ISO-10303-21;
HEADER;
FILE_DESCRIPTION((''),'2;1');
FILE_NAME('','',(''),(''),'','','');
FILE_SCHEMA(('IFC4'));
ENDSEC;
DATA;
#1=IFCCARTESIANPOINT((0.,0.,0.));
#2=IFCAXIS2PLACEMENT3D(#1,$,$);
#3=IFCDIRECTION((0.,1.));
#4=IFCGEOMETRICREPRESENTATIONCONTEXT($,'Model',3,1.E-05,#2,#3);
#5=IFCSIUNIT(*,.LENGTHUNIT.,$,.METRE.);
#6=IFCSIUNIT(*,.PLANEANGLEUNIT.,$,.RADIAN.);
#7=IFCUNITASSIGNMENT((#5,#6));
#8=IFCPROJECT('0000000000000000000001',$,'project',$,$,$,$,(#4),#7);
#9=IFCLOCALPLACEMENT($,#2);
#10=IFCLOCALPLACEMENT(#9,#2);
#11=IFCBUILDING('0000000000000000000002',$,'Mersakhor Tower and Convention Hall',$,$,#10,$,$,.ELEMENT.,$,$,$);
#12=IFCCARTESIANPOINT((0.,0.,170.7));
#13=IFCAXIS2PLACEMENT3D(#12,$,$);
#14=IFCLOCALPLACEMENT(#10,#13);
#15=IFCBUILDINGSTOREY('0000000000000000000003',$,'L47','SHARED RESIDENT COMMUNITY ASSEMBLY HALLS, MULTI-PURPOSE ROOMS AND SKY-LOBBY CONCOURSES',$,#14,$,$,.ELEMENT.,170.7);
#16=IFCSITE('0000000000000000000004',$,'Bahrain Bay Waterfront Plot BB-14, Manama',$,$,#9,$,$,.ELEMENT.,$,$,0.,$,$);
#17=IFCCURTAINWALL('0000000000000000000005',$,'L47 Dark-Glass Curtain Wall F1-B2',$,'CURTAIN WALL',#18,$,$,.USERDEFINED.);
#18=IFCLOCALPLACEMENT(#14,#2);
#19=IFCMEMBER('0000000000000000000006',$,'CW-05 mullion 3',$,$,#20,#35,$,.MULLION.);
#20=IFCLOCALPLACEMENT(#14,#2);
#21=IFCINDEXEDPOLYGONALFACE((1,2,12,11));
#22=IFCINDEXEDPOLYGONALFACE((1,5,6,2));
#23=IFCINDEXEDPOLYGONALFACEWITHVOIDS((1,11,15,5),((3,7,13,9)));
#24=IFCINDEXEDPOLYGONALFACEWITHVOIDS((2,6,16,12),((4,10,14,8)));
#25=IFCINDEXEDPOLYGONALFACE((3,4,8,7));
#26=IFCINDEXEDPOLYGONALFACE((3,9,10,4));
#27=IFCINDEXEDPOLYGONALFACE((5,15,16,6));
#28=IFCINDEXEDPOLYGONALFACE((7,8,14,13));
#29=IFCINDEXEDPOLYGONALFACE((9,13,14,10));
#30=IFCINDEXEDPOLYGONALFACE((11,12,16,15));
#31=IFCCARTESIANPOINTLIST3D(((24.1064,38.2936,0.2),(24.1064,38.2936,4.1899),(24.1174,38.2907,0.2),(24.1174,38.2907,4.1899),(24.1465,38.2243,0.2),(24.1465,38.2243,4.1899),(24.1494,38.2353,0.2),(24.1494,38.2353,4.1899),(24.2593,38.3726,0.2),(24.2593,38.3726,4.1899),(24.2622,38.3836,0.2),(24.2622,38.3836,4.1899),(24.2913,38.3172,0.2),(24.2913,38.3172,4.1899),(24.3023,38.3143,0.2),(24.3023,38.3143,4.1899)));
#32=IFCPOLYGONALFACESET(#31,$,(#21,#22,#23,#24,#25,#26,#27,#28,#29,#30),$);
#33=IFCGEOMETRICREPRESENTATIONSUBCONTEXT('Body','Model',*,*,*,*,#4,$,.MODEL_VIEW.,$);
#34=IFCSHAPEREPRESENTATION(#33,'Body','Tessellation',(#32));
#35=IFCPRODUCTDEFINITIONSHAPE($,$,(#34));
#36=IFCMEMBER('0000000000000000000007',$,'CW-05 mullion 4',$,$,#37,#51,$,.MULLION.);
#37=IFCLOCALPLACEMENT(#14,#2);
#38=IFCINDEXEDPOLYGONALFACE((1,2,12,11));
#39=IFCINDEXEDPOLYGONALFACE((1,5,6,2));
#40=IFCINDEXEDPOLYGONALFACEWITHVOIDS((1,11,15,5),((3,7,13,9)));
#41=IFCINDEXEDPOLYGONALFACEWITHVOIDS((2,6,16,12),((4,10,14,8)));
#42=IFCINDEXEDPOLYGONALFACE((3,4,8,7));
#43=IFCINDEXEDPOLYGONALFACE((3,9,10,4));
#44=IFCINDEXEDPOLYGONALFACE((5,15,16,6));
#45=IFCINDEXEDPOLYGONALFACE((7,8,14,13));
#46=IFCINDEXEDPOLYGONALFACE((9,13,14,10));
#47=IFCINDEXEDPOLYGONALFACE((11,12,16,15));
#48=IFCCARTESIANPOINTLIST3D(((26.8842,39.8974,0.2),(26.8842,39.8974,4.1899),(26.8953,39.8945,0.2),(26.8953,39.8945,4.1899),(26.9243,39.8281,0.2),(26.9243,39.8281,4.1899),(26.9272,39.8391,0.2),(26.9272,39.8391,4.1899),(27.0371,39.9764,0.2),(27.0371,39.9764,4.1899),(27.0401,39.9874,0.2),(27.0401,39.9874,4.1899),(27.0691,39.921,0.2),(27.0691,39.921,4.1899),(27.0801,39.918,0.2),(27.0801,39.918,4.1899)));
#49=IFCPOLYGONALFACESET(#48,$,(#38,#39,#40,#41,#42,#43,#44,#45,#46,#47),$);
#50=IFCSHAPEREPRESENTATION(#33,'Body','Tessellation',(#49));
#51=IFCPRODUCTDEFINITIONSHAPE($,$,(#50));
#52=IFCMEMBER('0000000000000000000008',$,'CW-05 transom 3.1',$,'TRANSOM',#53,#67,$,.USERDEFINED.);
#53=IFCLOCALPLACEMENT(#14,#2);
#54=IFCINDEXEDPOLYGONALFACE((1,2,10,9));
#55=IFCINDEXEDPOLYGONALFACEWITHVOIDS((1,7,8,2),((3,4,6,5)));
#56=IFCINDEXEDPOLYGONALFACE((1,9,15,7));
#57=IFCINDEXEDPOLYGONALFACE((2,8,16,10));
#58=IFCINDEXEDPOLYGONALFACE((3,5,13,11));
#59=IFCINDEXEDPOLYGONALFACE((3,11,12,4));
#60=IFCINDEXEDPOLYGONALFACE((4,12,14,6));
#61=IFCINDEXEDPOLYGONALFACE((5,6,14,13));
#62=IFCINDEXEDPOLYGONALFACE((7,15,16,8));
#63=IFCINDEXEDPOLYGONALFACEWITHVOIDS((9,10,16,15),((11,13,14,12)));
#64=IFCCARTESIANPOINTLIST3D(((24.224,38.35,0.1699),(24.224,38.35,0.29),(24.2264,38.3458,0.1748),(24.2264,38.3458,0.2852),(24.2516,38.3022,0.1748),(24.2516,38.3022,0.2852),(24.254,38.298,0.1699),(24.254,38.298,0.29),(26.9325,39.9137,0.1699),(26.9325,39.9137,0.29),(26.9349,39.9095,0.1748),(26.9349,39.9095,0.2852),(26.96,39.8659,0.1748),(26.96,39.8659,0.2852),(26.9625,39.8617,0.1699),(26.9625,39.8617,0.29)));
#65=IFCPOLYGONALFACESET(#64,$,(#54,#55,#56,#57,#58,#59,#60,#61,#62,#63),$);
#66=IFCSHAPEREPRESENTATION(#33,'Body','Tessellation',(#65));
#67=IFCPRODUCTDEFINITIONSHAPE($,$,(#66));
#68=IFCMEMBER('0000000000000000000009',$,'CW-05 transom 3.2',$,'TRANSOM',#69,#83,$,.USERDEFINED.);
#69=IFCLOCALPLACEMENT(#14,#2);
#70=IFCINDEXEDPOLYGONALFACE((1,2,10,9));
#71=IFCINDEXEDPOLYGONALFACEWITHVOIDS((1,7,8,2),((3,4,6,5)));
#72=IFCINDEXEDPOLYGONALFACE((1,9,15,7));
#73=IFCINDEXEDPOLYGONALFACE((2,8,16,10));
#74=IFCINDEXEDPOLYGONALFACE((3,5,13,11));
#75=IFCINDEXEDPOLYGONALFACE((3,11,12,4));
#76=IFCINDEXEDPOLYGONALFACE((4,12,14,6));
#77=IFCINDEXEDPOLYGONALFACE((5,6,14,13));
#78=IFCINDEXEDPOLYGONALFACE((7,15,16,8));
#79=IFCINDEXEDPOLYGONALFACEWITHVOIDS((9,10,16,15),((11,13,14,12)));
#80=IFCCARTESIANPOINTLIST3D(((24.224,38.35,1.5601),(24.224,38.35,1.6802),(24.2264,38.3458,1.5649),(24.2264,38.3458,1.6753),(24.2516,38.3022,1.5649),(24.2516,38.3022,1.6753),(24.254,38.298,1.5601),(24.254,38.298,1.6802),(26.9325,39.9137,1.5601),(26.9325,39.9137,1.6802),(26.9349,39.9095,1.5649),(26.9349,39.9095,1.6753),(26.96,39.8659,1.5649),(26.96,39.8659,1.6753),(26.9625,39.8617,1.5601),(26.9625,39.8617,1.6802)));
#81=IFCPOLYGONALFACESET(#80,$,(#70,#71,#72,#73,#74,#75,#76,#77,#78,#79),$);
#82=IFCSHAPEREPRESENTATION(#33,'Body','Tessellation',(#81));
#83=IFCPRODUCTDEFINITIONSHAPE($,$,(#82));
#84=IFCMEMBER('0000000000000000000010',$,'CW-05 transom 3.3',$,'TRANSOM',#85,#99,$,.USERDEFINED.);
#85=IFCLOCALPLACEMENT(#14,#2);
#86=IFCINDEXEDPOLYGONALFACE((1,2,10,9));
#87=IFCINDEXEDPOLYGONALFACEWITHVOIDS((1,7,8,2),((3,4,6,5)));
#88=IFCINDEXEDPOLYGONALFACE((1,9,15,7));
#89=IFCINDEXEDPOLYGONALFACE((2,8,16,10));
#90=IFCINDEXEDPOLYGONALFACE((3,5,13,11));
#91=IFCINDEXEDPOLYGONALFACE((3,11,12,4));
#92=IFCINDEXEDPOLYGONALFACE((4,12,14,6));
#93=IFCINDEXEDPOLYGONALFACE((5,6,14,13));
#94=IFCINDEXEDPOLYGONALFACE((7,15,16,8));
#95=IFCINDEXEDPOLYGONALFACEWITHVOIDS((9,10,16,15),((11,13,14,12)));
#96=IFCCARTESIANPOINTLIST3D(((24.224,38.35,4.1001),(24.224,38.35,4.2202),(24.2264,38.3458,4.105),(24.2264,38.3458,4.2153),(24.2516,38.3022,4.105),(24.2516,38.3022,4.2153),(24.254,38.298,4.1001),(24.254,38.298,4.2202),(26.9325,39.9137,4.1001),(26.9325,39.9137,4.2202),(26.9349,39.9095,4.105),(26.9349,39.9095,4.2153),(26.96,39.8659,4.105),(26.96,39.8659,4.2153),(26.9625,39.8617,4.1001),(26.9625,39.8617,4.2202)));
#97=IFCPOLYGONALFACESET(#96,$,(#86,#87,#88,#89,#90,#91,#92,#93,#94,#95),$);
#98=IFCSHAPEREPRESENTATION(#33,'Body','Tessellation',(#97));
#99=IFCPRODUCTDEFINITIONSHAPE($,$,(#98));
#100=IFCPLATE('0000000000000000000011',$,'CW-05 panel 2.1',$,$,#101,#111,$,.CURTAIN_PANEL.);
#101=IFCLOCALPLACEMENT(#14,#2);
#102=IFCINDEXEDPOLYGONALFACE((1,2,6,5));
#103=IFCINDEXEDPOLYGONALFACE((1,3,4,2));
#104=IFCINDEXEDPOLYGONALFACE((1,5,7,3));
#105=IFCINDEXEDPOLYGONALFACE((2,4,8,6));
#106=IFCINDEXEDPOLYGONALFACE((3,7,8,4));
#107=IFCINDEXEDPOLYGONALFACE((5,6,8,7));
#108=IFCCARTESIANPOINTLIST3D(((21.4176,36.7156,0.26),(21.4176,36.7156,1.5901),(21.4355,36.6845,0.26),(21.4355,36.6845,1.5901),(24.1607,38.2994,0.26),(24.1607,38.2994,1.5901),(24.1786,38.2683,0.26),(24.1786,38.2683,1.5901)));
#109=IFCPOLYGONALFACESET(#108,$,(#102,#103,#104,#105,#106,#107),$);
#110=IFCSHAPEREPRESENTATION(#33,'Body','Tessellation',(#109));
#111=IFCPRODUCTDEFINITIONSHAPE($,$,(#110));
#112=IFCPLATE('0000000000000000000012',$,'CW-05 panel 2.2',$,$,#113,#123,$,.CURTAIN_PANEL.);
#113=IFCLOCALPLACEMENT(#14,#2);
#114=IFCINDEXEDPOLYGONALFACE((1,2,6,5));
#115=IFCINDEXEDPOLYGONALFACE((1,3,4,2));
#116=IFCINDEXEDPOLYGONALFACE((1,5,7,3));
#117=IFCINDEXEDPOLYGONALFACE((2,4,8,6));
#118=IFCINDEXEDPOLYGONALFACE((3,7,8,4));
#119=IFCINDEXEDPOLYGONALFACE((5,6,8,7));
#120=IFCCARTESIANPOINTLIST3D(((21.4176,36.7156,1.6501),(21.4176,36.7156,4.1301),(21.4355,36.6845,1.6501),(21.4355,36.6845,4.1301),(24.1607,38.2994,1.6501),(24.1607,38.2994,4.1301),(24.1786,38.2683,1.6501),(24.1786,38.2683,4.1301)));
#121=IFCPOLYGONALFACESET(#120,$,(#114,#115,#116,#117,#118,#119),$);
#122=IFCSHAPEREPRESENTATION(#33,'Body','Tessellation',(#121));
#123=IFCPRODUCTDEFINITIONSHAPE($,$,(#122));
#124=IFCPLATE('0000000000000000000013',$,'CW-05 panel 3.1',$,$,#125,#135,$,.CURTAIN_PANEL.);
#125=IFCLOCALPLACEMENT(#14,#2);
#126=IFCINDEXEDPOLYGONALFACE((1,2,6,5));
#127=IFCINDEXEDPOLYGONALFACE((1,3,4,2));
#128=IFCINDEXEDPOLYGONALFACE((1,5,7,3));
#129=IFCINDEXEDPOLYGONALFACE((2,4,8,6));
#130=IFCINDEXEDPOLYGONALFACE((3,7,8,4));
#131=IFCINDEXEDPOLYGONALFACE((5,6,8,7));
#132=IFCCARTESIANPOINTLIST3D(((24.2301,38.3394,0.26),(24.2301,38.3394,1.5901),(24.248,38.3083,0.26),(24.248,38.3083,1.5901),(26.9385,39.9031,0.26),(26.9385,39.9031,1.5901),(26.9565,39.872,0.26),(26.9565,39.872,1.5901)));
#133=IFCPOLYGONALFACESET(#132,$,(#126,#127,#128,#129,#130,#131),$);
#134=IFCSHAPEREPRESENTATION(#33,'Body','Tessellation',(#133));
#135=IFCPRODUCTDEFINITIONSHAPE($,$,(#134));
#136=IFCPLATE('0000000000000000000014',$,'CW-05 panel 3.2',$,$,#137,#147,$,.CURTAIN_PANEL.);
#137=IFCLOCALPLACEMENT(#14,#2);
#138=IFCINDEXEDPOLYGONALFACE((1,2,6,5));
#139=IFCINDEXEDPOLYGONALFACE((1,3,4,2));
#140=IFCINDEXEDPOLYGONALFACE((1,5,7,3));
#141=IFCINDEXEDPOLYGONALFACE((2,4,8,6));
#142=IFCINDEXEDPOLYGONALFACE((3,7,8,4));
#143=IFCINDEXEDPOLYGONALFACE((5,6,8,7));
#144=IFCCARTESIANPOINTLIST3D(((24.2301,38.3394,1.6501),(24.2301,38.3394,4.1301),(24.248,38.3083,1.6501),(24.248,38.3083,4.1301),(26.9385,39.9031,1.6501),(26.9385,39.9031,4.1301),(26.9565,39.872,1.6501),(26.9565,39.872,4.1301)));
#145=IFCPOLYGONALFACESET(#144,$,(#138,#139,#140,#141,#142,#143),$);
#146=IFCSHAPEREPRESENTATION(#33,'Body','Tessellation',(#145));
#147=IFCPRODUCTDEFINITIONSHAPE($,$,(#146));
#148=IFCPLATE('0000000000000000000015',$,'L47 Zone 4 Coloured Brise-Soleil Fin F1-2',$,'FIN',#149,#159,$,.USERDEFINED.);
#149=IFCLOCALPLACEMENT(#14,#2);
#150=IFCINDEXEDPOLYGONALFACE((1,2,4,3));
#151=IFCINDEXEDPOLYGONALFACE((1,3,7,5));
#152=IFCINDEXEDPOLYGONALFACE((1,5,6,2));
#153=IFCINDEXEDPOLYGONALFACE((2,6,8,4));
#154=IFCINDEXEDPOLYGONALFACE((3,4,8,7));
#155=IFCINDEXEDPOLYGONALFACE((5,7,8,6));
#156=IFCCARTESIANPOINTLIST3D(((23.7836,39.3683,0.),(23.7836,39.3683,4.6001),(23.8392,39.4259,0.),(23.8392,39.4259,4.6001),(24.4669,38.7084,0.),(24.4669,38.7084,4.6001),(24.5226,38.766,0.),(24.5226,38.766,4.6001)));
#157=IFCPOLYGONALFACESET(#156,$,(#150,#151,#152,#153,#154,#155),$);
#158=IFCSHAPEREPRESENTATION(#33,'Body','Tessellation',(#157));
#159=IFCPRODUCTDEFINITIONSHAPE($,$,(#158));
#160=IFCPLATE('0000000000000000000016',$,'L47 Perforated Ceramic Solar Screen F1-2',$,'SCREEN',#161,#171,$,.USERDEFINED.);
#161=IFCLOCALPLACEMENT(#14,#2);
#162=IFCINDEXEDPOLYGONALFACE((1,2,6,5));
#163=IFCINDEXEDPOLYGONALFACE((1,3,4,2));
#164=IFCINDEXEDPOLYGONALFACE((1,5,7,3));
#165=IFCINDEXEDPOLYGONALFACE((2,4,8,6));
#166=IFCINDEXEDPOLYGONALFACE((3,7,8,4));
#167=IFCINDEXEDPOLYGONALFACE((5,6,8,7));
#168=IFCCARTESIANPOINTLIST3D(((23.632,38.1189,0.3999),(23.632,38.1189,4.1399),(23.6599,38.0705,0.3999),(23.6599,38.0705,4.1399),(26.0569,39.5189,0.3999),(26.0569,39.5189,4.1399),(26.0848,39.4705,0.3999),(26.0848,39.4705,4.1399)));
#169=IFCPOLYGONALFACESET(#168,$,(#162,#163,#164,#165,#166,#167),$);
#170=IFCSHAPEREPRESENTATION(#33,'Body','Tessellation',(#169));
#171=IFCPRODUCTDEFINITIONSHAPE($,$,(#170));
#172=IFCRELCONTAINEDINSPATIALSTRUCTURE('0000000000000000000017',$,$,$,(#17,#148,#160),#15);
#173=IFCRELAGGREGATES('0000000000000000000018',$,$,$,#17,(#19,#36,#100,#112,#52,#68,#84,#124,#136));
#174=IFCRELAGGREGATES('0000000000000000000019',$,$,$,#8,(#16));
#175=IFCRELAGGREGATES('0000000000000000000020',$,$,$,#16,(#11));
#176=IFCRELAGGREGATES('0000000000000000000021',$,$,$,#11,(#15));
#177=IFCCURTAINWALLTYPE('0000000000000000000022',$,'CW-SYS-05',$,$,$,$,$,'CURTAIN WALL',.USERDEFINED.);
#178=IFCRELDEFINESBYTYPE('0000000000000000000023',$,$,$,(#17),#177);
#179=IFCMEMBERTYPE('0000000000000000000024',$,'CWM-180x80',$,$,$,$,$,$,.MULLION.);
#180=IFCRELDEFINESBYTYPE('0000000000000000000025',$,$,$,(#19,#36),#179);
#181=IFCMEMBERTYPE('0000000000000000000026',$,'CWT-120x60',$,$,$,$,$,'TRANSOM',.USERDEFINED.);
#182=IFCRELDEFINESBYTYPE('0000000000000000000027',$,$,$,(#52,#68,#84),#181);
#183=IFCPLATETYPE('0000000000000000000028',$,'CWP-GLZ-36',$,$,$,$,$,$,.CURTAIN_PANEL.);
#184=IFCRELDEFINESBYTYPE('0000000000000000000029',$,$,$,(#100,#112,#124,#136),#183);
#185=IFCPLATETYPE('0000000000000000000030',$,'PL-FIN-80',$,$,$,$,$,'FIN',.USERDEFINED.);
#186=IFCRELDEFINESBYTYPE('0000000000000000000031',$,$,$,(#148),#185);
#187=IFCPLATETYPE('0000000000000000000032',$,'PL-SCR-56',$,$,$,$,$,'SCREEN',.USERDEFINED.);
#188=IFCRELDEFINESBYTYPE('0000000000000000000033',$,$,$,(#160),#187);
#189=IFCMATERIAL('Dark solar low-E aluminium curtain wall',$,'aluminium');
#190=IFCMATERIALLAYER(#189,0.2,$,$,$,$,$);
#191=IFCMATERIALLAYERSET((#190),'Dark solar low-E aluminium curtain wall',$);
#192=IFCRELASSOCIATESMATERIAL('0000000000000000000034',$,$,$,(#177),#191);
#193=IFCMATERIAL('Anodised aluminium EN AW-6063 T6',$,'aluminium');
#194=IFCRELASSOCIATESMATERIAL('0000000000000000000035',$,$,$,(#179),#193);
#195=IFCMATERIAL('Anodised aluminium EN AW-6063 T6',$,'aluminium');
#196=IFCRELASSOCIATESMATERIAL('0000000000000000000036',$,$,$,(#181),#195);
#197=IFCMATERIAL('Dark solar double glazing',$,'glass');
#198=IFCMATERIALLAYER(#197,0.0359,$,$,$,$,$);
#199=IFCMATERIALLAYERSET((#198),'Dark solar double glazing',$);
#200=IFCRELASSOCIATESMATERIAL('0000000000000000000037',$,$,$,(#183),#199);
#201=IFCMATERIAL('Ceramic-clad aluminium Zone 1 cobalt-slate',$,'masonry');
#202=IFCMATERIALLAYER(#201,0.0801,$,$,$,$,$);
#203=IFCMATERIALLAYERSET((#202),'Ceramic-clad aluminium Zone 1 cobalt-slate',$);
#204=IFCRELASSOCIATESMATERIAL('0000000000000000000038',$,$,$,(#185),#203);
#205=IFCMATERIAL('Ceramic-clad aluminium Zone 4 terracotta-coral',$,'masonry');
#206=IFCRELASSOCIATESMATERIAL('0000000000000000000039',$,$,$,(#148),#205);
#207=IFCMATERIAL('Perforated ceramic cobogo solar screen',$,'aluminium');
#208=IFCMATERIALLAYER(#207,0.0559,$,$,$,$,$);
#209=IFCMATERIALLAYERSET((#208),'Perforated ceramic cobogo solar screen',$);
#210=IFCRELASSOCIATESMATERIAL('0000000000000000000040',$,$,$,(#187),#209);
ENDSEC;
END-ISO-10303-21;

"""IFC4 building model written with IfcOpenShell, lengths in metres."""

from ifc_helpers import new_model, si_unit, direction, frame, origin, origin_2d, place, context, subcontext, project, spatial, rectangle, hollow_rectangle, extrude, material, layer, layer_set, material_profile, profile_set, type_object, element, aggregate, save


model = new_model("IFC4")

# Units and contexts
model_context = context("Model", 3, precision=1e-05, world=origin(), true_north=direction((0.0, 1.0)))
body_context = subcontext(model_context, "Body", "Model", "MODEL_VIEW")
ifc_project = project(units=[si_unit("LENGTHUNIT", "METRE"), si_unit("PLANEANGLEUNIT", "RADIAN")], contexts=[model_context])

# Site, building, storey
site_placement = place(None, origin())
site = spatial("IfcSite", under=ifc_project, at=site_placement, Name="Bahrain Bay Waterfront Plot BB-14, Manama", CompositionType="ELEMENT", RefElevation=0.0)
building_placement = place(site_placement, origin())
building = spatial("IfcBuilding", under=site, at=building_placement, Name="Mersakhor Tower and Convention Hall", CompositionType="ELEMENT")
storey_placement = place(building_placement, frame((0.0, 0.0, 170.7)))
storey = spatial("IfcBuildingStorey", under=building, at=storey_placement, Name="L47", Description="SHARED RESIDENT COMMUNITY ASSEMBLY HALLS, MULTI-PURPOSE ROOMS AND SKY-LOBBY CONCOURSES", CompositionType="ELEMENT", Elevation=170.7)

# Curtain wall, members, plates
ifc_material_1 = material(Name="Dark solar low-E aluminium curtain wall", Category="aluminium")
ifc_layer_1 = layer(ifc_material_1, 0.2)
ifc_layer_set_1 = layer_set([ifc_layer_1], Name="Dark solar low-E aluminium curtain wall")
curtain_wall_type = type_object("IfcCurtainWallType", Name="CW-SYS-05", ElementType="CURTAIN WALL", PredefinedType="USERDEFINED", material=ifc_layer_set_1)
curtain_wall_placement = place(storey_placement, origin())
curtain_wall = element("IfcCurtainWall", 1, at=curtain_wall_placement, inside=storey, type_object=curtain_wall_type, Name="L47 Dark-Glass Curtain Wall F1-B2", ObjectType="CURTAIN WALL", PredefinedType="USERDEFINED")
ifc_material_2 = material(Name="Anodised aluminium EN AW-6063 T6", Category="aluminium")
ifc_material_profile_1 = material_profile(ifc_material_2, hollow_rectangle(XDim=0.0801, YDim=0.1799, WallThickness=0.0081, at=origin_2d()), Name="RHS 180x80x8")
ifc_profile_set_1 = profile_set([ifc_material_profile_1], Name="Anodised aluminium EN AW-6063 T6")
member_type_1 = type_object("IfcMemberType", Name="CWM-180x80", PredefinedType="MULLION", material=ifc_profile_set_1)
member_1_placement = place(storey_placement, frame((24.2043, 38.304, 0.2), z_axis=(0.0, 0.0, 1.0), x_axis=(-0.499998, 0.866026, 0.0)))
member_1 = element("IfcMember", 2, at=member_1_placement, type_object=member_type_1, Name="CW-05 mullion 3", PredefinedType="MULLION", context=body_context, shape_type="SweptSolid", body=[
    extrude(hollow_rectangle(XDim=0.0801, YDim=0.1799, WallThickness=0.0081, at=origin_2d()), origin(), (0.0, 0.0, 1.0), 3.99),
])
member_2_placement = place(storey_placement, frame((26.9822, 39.9077, 0.2), z_axis=(0.0, 0.0, 1.0), x_axis=(-0.499998, 0.866026, 0.0)))
member_2 = element("IfcMember", 3, at=member_2_placement, type_object=member_type_1, Name="CW-05 mullion 4", PredefinedType="MULLION", context=body_context, shape_type="SweptSolid", body=[
    extrude(hollow_rectangle(XDim=0.0801, YDim=0.1799, WallThickness=0.0081, at=origin_2d()), origin(), (0.0, 0.0, 1.0), 3.99),
])
ifc_material_3 = material(Name="Anodised aluminium EN AW-6063 T6", Category="aluminium")
ifc_material_profile_2 = material_profile(ifc_material_3, hollow_rectangle(XDim=0.0601, YDim=0.1201, WallThickness=0.0049, at=origin_2d()), Name="RHS 120x60x5")
ifc_profile_set_2 = profile_set([ifc_material_profile_2], Name="Anodised aluminium EN AW-6063 T6")
member_type_2 = type_object("IfcMemberType", Name="CWT-120x60", ElementType="TRANSOM", PredefinedType="USERDEFINED", material=ifc_profile_set_2)
member_3_placement = place(storey_placement, frame((24.239, 38.324, 0.23), z_axis=(0.86603, 0.499993, 0.0), x_axis=(-0.499993, 0.86603, 0.0)))
member_3 = element("IfcMember", 4, at=member_3_placement, type_object=member_type_2, Name="CW-05 transom 3.1", ObjectType="TRANSOM", PredefinedType="USERDEFINED", context=body_context, shape_type="SweptSolid", body=[
    extrude(hollow_rectangle(XDim=0.0601, YDim=0.1201, WallThickness=0.0049, at=origin_2d()), origin(), (0.0, 0.0, 1.0), 3.1274),
])
member_4_placement = place(storey_placement, frame((24.239, 38.324, 1.6201), z_axis=(0.86603, 0.499993, 0.0), x_axis=(-0.499993, 0.86603, 0.0)))
member_4 = element("IfcMember", 5, at=member_4_placement, type_object=member_type_2, Name="CW-05 transom 3.2", ObjectType="TRANSOM", PredefinedType="USERDEFINED", context=body_context, shape_type="SweptSolid", body=[
    extrude(hollow_rectangle(XDim=0.0601, YDim=0.1201, WallThickness=0.0049, at=origin_2d()), origin(), (0.0, 0.0, 1.0), 3.1274),
])
member_5_placement = place(storey_placement, frame((24.239, 38.324, 4.1602), z_axis=(0.86603, 0.499993, 0.0), x_axis=(-0.499993, 0.86603, 0.0)))
member_5 = element("IfcMember", 6, at=member_5_placement, type_object=member_type_2, Name="CW-05 transom 3.3", ObjectType="TRANSOM", PredefinedType="USERDEFINED", context=body_context, shape_type="SweptSolid", body=[
    extrude(hollow_rectangle(XDim=0.0601, YDim=0.1201, WallThickness=0.0049, at=origin_2d()), origin(), (0.0, 0.0, 1.0), 3.1274),
])
ifc_material_4 = material(Name="Dark solar double glazing", Category="glass")
ifc_layer_2 = layer(ifc_material_4, 0.0359)
ifc_layer_set_2 = layer_set([ifc_layer_2], Name="Dark solar double glazing")
plate_type_1 = type_object("IfcPlateType", Name="CWP-GLZ-36", PredefinedType="CURTAIN_PANEL", material=ifc_layer_set_2)
plate_1_placement = place(storey_placement, frame((22.7981, 37.4919, 0.26), z_axis=(0.0, 0.0, 1.0), x_axis=(0.866026, 0.499998, 0.0)))
plate_1 = element("IfcPlate", 7, at=plate_1_placement, type_object=plate_type_1, Name="CW-05 panel 2.1", PredefinedType="CURTAIN_PANEL", context=body_context, shape_type="SweptSolid", body=[
    extrude(rectangle(XDim=3.1675, YDim=0.0359, at=origin_2d()), origin(), (0.0, 0.0, 1.0), 1.3301),
])
plate_2_placement = place(storey_placement, frame((22.7981, 37.4919, 1.6501), z_axis=(0.0, 0.0, 1.0), x_axis=(0.866026, 0.499998, 0.0)))
plate_2 = element("IfcPlate", 8, at=plate_2_placement, type_object=plate_type_1, Name="CW-05 panel 2.2", PredefinedType="CURTAIN_PANEL", context=body_context, shape_type="SweptSolid", body=[
    extrude(rectangle(XDim=3.1675, YDim=0.0359, at=origin_2d()), origin(), (0.0, 0.0, 1.0), 2.48),
])
plate_3_placement = place(storey_placement, frame((25.5933, 39.1057, 0.26), z_axis=(0.0, 0.0, 1.0), x_axis=(0.866026, 0.499998, 0.0)))
plate_3 = element("IfcPlate", 9, at=plate_3_placement, type_object=plate_type_1, Name="CW-05 panel 3.1", PredefinedType="CURTAIN_PANEL", context=body_context, shape_type="SweptSolid", body=[
    extrude(rectangle(XDim=3.1274, YDim=0.0359, at=origin_2d()), origin(), (0.0, 0.0, 1.0), 1.3301),
])
plate_4_placement = place(storey_placement, frame((25.5933, 39.1057, 1.6501), z_axis=(0.0, 0.0, 1.0), x_axis=(0.866026, 0.499998, 0.0)))
plate_4 = element("IfcPlate", 10, at=plate_4_placement, type_object=plate_type_1, Name="CW-05 panel 3.2", PredefinedType="CURTAIN_PANEL", context=body_context, shape_type="SweptSolid", body=[
    extrude(rectangle(XDim=3.1274, YDim=0.0359, at=origin_2d()), origin(), (0.0, 0.0, 1.0), 2.48),
])
aggregate(curtain_wall, [member_1, member_2, plate_1, plate_2, member_3, member_4, member_5, plate_3, plate_4])

# Plates
ifc_material_5 = material(Name="Ceramic-clad aluminium Zone 4 terracotta-coral", Category="masonry")
ifc_material_6 = material(Name="Ceramic-clad aluminium Zone 1 cobalt-slate", Category="masonry")
ifc_layer_3 = layer(ifc_material_6, 0.0801)
ifc_layer_set_3 = layer_set([ifc_layer_3], Name="Ceramic-clad aluminium Zone 1 cobalt-slate")
plate_type_2 = type_object("IfcPlateType", Name="PL-FIN-80", ElementType="FIN", PredefinedType="USERDEFINED", material=ifc_layer_set_3)
plate_5_placement = place(storey_placement, frame((24.1531, 39.0671, 0.0), z_axis=(0.0, 0.0, 1.0), x_axis=(-0.71934, 0.694658, 0.0)))
element("IfcPlate", 11, at=plate_5_placement, inside=storey, type_object=plate_type_2, material=ifc_material_5, Name="L47 Zone 4 Coloured Brise-Soleil Fin F1-2", ObjectType="FIN", PredefinedType="USERDEFINED", context=body_context, shape_type="SweptSolid", body=[
    extrude(rectangle(XDim=0.95, YDim=0.0801, at=origin_2d()), origin(), (0.0, 0.0, 1.0), 4.6001),
])
ifc_material_7 = material(Name="Perforated ceramic cobogo solar screen", Category="aluminium")
ifc_layer_4 = layer(ifc_material_7, 0.0559)
ifc_layer_set_4 = layer_set([ifc_layer_4], Name="Perforated ceramic cobogo solar screen")
plate_type_3 = type_object("IfcPlateType", Name="PL-SCR-56", ElementType="SCREEN", PredefinedType="USERDEFINED", material=ifc_layer_set_4)
plate_6_placement = place(storey_placement, frame((24.8584, 38.7947, 0.3999), z_axis=(0.0, 0.0, 1.0), x_axis=(0.866025, 0.5, 0.0)))
element("IfcPlate", 12, at=plate_6_placement, inside=storey, type_object=plate_type_3, Name="L47 Perforated Ceramic Solar Screen F1-2", ObjectType="SCREEN", PredefinedType="USERDEFINED", context=body_context, shape_type="SweptSolid", body=[
    extrude(rectangle(XDim=2.8, YDim=0.0559, at=origin_2d()), origin(), (0.0, 0.0, 1.0), 3.74),
])

save(model, "model.ifc")
